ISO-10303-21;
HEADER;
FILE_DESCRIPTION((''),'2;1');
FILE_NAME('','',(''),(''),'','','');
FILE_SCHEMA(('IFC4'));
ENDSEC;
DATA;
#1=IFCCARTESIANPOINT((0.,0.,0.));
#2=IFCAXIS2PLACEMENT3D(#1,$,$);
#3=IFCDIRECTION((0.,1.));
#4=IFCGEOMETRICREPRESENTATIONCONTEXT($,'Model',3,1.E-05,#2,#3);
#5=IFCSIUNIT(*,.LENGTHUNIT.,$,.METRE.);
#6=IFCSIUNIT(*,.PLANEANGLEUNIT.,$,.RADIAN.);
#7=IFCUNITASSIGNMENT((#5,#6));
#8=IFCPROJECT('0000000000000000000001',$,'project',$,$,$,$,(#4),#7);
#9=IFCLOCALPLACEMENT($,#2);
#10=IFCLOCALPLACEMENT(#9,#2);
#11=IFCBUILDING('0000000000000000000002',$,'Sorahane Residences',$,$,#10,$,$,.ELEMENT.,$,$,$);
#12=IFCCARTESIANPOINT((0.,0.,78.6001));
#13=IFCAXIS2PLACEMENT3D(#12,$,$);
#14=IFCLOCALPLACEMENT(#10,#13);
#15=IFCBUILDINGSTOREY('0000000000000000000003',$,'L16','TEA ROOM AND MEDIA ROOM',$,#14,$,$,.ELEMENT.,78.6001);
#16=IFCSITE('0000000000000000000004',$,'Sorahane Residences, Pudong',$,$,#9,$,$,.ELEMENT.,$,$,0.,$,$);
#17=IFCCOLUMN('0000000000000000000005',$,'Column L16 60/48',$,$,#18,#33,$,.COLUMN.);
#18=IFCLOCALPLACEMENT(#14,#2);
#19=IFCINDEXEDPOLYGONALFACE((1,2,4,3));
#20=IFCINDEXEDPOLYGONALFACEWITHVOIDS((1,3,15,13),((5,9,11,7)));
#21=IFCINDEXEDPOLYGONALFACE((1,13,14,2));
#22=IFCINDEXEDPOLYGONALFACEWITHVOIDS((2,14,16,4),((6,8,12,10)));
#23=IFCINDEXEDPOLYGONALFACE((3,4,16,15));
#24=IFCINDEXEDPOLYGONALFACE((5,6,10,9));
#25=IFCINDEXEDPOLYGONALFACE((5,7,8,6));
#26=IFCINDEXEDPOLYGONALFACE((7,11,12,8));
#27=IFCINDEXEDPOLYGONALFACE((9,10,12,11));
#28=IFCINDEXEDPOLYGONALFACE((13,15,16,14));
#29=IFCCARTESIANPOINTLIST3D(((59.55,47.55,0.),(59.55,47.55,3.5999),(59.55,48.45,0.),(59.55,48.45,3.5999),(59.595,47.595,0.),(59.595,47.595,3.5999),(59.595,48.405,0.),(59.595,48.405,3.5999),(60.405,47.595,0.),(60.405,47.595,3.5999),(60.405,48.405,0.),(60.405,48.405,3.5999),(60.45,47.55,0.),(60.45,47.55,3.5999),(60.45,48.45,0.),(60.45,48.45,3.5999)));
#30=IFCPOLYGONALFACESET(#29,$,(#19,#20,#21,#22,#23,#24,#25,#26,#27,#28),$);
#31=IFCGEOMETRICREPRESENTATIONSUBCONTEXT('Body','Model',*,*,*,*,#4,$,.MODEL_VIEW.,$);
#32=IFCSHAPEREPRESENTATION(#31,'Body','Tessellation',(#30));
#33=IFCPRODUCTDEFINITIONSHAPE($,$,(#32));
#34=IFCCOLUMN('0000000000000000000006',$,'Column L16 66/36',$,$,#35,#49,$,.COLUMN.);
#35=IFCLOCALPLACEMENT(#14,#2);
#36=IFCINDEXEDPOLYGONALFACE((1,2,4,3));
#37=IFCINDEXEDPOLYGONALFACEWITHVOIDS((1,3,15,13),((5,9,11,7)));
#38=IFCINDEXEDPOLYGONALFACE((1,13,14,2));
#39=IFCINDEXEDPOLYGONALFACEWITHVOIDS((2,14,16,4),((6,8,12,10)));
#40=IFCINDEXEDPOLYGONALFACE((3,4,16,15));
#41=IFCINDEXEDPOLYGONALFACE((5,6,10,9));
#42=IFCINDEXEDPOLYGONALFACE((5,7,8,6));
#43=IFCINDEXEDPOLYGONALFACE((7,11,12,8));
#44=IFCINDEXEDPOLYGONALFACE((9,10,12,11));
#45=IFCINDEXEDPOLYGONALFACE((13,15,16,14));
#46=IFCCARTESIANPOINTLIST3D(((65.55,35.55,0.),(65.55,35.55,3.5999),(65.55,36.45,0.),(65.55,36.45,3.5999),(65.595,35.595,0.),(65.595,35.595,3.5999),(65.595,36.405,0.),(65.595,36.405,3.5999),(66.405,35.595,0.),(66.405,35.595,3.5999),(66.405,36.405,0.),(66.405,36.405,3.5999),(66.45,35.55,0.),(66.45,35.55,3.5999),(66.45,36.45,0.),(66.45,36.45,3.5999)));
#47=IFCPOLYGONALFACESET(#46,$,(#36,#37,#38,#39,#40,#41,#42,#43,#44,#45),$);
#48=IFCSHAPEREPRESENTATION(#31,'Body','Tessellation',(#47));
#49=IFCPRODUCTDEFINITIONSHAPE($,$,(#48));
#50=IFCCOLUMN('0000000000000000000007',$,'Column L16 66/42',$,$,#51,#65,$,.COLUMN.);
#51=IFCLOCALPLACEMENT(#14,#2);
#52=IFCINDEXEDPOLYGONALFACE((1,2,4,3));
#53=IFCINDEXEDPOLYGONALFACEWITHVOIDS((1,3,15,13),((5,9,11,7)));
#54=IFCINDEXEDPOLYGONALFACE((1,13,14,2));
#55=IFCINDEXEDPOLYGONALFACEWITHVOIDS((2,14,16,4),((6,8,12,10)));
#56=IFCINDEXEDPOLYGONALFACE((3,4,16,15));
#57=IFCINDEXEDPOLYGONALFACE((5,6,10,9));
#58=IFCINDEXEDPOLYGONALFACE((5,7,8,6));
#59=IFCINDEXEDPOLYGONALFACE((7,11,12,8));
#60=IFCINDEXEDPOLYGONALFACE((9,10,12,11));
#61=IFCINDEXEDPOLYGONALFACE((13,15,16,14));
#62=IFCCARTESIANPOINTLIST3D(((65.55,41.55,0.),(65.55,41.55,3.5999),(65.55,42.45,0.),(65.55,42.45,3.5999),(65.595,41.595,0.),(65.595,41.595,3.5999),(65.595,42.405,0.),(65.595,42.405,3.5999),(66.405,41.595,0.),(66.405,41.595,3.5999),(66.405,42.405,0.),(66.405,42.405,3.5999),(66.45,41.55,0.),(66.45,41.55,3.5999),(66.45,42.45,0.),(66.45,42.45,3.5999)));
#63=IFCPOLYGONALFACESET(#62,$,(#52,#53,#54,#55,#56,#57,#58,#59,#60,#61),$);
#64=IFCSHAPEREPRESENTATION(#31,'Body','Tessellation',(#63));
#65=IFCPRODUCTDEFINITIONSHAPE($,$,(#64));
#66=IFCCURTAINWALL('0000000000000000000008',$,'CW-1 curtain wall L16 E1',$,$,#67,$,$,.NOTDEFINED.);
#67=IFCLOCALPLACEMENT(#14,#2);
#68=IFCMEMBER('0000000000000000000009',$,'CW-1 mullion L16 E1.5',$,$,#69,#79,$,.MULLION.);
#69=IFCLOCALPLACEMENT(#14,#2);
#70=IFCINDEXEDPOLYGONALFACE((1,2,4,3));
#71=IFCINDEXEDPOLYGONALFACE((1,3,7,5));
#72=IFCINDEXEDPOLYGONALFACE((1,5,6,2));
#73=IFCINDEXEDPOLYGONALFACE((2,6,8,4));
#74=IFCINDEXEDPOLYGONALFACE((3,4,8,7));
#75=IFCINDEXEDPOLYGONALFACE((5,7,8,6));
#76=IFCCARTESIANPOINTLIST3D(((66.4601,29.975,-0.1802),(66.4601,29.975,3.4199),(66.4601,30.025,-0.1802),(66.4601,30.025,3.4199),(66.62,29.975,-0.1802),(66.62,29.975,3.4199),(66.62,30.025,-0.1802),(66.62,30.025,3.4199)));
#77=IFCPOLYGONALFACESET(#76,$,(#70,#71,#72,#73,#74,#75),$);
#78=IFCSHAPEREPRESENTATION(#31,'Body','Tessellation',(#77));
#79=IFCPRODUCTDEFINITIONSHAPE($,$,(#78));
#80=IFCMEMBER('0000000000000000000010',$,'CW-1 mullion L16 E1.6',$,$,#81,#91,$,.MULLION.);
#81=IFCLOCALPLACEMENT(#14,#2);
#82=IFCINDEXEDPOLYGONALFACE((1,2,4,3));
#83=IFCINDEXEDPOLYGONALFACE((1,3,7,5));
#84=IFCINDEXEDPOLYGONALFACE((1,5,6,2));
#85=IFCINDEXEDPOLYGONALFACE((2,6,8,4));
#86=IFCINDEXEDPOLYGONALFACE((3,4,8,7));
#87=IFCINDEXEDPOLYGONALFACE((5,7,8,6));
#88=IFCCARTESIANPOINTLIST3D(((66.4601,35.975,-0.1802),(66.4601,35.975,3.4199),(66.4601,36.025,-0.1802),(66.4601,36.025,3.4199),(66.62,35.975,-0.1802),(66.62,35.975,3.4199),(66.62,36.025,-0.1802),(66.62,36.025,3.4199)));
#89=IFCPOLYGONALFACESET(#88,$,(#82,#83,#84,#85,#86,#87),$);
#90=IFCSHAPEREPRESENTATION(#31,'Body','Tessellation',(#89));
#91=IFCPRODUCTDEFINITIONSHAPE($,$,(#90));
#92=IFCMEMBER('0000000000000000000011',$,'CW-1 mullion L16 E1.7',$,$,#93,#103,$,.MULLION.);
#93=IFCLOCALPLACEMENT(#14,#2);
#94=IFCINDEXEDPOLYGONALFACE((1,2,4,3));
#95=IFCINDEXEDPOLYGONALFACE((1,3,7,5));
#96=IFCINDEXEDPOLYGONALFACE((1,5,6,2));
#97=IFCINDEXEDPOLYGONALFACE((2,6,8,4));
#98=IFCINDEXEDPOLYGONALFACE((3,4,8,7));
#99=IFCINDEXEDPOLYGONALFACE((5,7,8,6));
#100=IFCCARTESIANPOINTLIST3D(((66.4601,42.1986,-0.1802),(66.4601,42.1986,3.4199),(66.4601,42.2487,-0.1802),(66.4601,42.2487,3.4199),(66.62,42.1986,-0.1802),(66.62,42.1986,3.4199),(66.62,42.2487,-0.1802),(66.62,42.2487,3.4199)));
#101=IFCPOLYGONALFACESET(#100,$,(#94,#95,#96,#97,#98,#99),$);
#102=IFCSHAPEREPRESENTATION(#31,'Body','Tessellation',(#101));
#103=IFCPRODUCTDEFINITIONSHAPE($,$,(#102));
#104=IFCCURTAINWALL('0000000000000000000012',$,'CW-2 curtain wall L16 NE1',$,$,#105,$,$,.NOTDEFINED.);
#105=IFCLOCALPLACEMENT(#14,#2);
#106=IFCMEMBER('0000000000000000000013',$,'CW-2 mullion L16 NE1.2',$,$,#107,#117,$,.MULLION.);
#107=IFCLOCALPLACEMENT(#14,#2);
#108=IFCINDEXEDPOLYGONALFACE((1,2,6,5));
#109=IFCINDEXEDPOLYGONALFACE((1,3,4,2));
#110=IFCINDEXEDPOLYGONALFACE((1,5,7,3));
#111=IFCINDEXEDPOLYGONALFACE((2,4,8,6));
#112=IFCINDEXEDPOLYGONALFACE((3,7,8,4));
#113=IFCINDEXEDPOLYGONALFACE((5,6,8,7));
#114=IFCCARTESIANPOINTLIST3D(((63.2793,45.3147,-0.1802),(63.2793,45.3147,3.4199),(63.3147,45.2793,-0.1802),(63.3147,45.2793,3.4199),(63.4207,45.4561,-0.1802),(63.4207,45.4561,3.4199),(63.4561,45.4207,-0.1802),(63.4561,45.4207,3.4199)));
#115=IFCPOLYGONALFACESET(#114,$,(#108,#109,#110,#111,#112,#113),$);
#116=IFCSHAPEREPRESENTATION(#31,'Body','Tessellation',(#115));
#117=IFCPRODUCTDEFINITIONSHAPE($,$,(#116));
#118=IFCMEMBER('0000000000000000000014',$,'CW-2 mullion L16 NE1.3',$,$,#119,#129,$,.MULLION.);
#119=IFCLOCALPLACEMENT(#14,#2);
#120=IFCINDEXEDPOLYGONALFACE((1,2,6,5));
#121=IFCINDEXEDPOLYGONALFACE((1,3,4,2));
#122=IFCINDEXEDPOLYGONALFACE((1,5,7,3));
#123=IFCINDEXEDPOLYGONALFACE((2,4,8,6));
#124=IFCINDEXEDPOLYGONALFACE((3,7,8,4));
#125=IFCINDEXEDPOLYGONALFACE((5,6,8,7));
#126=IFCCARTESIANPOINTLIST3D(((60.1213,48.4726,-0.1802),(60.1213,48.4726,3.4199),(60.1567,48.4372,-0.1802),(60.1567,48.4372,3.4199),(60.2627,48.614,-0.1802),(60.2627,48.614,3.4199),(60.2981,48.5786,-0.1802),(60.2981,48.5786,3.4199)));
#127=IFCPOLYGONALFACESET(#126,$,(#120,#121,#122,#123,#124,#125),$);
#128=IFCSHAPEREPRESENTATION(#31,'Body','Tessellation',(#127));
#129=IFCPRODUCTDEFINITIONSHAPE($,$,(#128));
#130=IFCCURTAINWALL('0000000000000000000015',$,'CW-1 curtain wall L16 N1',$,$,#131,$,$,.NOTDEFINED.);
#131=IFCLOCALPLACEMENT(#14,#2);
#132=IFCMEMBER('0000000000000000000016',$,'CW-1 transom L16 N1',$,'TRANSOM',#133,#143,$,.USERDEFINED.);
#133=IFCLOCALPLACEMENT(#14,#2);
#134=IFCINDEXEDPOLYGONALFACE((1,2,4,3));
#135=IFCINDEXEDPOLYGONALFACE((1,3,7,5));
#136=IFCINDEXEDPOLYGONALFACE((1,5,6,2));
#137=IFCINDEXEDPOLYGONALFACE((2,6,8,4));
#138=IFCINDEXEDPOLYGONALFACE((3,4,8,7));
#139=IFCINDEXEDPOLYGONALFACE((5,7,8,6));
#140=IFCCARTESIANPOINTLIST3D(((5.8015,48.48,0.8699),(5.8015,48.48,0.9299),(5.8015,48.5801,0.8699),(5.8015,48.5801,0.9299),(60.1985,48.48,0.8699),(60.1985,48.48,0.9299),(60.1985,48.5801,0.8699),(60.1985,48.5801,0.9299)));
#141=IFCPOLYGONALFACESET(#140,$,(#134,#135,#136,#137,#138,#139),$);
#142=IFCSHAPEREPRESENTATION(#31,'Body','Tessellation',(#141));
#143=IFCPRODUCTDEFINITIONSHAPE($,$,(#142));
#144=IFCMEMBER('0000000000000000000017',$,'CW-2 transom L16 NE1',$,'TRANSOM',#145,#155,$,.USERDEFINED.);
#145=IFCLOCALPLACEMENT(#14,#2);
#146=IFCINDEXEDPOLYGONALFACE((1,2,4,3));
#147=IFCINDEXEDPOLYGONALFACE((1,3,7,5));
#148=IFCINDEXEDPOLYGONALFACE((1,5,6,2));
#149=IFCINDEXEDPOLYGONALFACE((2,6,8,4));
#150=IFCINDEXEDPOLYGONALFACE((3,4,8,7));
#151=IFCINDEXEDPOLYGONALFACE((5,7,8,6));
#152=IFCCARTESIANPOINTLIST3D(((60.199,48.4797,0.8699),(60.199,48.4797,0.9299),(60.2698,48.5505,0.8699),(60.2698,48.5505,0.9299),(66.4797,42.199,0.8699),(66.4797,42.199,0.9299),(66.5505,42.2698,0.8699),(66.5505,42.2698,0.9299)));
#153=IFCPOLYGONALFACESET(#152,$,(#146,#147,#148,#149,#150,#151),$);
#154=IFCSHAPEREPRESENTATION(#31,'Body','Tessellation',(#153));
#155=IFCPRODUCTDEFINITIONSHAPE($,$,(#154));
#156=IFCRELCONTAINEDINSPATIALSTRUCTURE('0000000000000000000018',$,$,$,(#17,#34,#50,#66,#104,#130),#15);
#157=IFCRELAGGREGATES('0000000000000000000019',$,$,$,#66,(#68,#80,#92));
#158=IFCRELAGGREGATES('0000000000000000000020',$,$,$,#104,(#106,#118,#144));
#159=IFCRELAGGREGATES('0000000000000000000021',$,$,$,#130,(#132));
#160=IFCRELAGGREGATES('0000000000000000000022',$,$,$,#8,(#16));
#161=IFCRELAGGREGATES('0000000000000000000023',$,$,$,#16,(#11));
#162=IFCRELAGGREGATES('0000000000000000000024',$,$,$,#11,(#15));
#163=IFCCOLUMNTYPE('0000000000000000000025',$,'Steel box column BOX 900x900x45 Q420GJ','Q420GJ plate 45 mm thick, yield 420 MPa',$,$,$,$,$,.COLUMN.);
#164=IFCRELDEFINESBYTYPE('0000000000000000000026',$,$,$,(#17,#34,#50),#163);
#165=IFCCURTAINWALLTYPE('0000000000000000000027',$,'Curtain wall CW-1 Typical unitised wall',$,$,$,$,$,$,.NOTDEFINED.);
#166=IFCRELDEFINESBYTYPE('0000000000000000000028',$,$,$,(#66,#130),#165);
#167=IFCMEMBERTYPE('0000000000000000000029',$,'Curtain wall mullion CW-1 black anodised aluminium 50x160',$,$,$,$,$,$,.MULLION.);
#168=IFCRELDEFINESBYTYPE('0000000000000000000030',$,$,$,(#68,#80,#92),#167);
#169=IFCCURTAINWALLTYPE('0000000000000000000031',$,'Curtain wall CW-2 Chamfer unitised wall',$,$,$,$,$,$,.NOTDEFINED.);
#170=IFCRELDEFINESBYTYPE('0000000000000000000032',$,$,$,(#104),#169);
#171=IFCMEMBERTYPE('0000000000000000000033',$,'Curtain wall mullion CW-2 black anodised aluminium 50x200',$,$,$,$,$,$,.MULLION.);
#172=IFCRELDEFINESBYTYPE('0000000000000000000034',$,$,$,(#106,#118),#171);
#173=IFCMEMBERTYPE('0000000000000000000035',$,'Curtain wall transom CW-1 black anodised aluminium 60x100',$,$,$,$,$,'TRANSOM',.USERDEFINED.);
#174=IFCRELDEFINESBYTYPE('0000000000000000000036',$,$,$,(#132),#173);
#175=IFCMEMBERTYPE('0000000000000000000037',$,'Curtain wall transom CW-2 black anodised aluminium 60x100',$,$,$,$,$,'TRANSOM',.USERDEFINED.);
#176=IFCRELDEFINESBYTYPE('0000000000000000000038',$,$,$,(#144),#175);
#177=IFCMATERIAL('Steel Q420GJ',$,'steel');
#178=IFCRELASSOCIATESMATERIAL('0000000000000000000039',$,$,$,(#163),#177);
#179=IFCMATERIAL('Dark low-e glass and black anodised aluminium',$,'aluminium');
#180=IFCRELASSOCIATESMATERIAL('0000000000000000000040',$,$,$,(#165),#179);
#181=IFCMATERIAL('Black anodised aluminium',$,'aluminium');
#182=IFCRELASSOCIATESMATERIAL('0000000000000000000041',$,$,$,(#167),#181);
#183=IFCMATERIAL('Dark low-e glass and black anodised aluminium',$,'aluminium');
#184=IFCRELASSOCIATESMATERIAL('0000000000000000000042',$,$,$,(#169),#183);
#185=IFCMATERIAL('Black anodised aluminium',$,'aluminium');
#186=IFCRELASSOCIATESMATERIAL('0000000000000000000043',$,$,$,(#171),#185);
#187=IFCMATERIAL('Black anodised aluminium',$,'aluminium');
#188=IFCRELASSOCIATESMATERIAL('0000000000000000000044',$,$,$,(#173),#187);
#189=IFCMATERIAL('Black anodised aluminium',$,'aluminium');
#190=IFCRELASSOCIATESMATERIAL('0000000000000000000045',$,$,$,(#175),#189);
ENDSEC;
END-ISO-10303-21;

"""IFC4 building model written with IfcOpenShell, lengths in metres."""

from ifc_helpers import new_model, si_unit, direction, frame, origin, origin_2d, place, context, subcontext, project, spatial, rectangle, hollow_rectangle, extrude, material, material_profile, profile_set, type_object, element, aggregate, save


model = new_model("IFC4")

# Units and contexts
model_context = context("Model", 3, precision=1e-05, world=origin(), true_north=direction((0.0, 1.0)))
body_context = subcontext(model_context, "Body", "Model", "MODEL_VIEW")
ifc_project = project(units=[si_unit("LENGTHUNIT", "METRE"), si_unit("PLANEANGLEUNIT", "RADIAN")], contexts=[model_context])

# Site, building, storey
site_placement = place(None, origin())
site = spatial("IfcSite", under=ifc_project, at=site_placement, Name="Sorahane Residences, Pudong", CompositionType="ELEMENT", RefElevation=0.0)
building_placement = place(site_placement, origin())
building = spatial("IfcBuilding", under=site, at=building_placement, Name="Sorahane Residences", CompositionType="ELEMENT")
storey_placement = place(building_placement, frame((0.0, 0.0, 78.6001)))
storey = spatial("IfcBuildingStorey", under=building, at=storey_placement, Name="L16", Description="TEA ROOM AND MEDIA ROOM", CompositionType="ELEMENT", Elevation=78.6001)

# Columns
ifc_material_1 = material(Name="Steel Q420GJ", Category="steel")
ifc_material_profile_1 = material_profile(ifc_material_1, hollow_rectangle(XDim=0.8999, YDim=0.8999, WallThickness=0.0449, at=origin_2d()), Name="BOX 900x900x45")
ifc_profile_set_1 = profile_set([ifc_material_profile_1], Name="Steel Q420GJ")
column_type = type_object("IfcColumnType", Name="Steel box column BOX 900x900x45 Q420GJ", Description="Q420GJ plate 45 mm thick, yield 420 MPa", PredefinedType="COLUMN", material=ifc_profile_set_1)
for number, where, z_axis, x_axis, name in (
    (1, (60.0, 48.0, 0.0), (0.0, 0.0, 1.0), (1.0, 0.0, 0.0), "Column L16 60/48"),
    (2, (66.0, 36.0, 0.0), (0.0, 0.0, 1.0), (1.0, 0.0, 0.0), "Column L16 66/36"),
    (3, (66.0, 42.0, 0.0), (0.0, 0.0, 1.0), (1.0, 0.0, 0.0), "Column L16 66/42"),
):
    element("IfcColumn", number, at=place(storey_placement, frame(where, z_axis=z_axis, x_axis=x_axis)), inside=storey, type_object=column_type, Name=name, PredefinedType="COLUMN", context=body_context, shape_type="SweptSolid", body=[
        extrude(hollow_rectangle(XDim=0.8999, YDim=0.8999, WallThickness=0.0449, at=origin_2d()), origin(), (0.0, 0.0, 1.0), 3.5999),
    ])

# Curtain walls, members
ifc_material_2 = material(Name="Dark low-e glass and black anodised aluminium", Category="aluminium")
curtain_wall_type_1 = type_object("IfcCurtainWallType", Name="Curtain wall CW-1 Typical unitised wall", PredefinedType="NOTDEFINED", material=ifc_material_2)
curtain_wall_1_placement = place(storey_placement, origin())
curtain_wall_1 = element("IfcCurtainWall", 4, at=curtain_wall_1_placement, inside=storey, type_object=curtain_wall_type_1, Name="CW-1 curtain wall L16 E1", PredefinedType="NOTDEFINED")
ifc_material_3 = material(Name="Black anodised aluminium", Category="aluminium")
ifc_material_profile_2 = material_profile(ifc_material_3, rectangle(XDim=0.1599, YDim=0.05, at=origin_2d()), Name="Curtain wall mullion CW-1 black anodised aluminium 50x160")
ifc_profile_set_2 = profile_set([ifc_material_profile_2], Name="Black anodised aluminium")
member_type_1 = type_object("IfcMemberType", Name="Curtain wall mullion CW-1 black anodised aluminium 50x160", PredefinedType="MULLION", material=ifc_profile_set_2)
member_1_placement = place(storey_placement, frame((66.54, 30.0, -0.1802), z_axis=(0.0, 0.0, 1.0), x_axis=(1.0, 0.0, 0.0)))
member_1 = element("IfcMember", 5, at=member_1_placement, type_object=member_type_1, Name="CW-1 mullion L16 E1.5", PredefinedType="MULLION", context=body_context, shape_type="SweptSolid", body=[
    extrude(rectangle(XDim=0.1599, YDim=0.05, at=origin_2d()), origin(), (0.0, 0.0, 1.0), 3.6001),
])
member_2_placement = place(storey_placement, frame((66.54, 36.0, -0.1802), z_axis=(0.0, 0.0, 1.0), x_axis=(1.0, 0.0, 0.0)))
member_2 = element("IfcMember", 6, at=member_2_placement, type_object=member_type_1, Name="CW-1 mullion L16 E1.6", PredefinedType="MULLION", context=body_context, shape_type="SweptSolid", body=[
    extrude(rectangle(XDim=0.1599, YDim=0.05, at=origin_2d()), origin(), (0.0, 0.0, 1.0), 3.6001),
])
member_3_placement = place(storey_placement, frame((66.54, 42.2236, -0.1802), z_axis=(0.0, 0.0, 1.0), x_axis=(1.0, 0.0, 0.0)))
member_3 = element("IfcMember", 7, at=member_3_placement, type_object=member_type_1, Name="CW-1 mullion L16 E1.7", PredefinedType="MULLION", context=body_context, shape_type="SweptSolid", body=[
    extrude(rectangle(XDim=0.1599, YDim=0.05, at=origin_2d()), origin(), (0.0, 0.0, 1.0), 3.6001),
])
ifc_material_4 = material(Name="Dark low-e glass and black anodised aluminium", Category="aluminium")
curtain_wall_type_2 = type_object("IfcCurtainWallType", Name="Curtain wall CW-2 Chamfer unitised wall", PredefinedType="NOTDEFINED", material=ifc_material_4)
curtain_wall_2_placement = place(storey_placement, origin())
curtain_wall_2 = element("IfcCurtainWall", 8, at=curtain_wall_2_placement, inside=storey, type_object=curtain_wall_type_2, Name="CW-2 curtain wall L16 NE1", PredefinedType="NOTDEFINED")
ifc_material_5 = material(Name="Black anodised aluminium", Category="aluminium")
ifc_material_profile_3 = material_profile(ifc_material_5, rectangle(XDim=0.2, YDim=0.05, at=origin_2d()), Name="Curtain wall mullion CW-2 black anodised aluminium 50x200")
ifc_profile_set_3 = profile_set([ifc_material_profile_3], Name="Black anodised aluminium")
member_type_2 = type_object("IfcMemberType", Name="Curtain wall mullion CW-2 black anodised aluminium 50x200", PredefinedType="MULLION", material=ifc_profile_set_3)
member_4_placement = place(storey_placement, frame((63.3677, 45.3677, -0.1802), z_axis=(0.0, 0.0, 1.0), x_axis=(0.707107, 0.707107, 0.0)))
member_4 = element("IfcMember", 9, at=member_4_placement, type_object=member_type_2, Name="CW-2 mullion L16 NE1.2", PredefinedType="MULLION", context=body_context, shape_type="SweptSolid", body=[
    extrude(rectangle(XDim=0.2, YDim=0.05, at=origin_2d()), origin(), (0.0, 0.0, 1.0), 3.6001),
])
member_5_placement = place(storey_placement, frame((60.2097, 48.5256, -0.1802), z_axis=(0.0, 0.0, 1.0), x_axis=(0.707107, 0.707107, 0.0)))
member_5 = element("IfcMember", 10, at=member_5_placement, type_object=member_type_2, Name="CW-2 mullion L16 NE1.3", PredefinedType="MULLION", context=body_context, shape_type="SweptSolid", body=[
    extrude(rectangle(XDim=0.2, YDim=0.05, at=origin_2d()), origin(), (0.0, 0.0, 1.0), 3.6001),
])

# Curtain wall, member
curtain_wall_3_placement = place(storey_placement, origin())
curtain_wall_3 = element("IfcCurtainWall", 11, at=curtain_wall_3_placement, inside=storey, type_object=curtain_wall_type_1, Name="CW-1 curtain wall L16 N1", PredefinedType="NOTDEFINED")
ifc_material_6 = material(Name="Black anodised aluminium", Category="aluminium")
ifc_material_profile_4 = material_profile(ifc_material_6, rectangle(XDim=0.1001, YDim=0.0601, at=origin_2d()), Name="Curtain wall transom CW-1 black anodised aluminium 60x100")
ifc_profile_set_4 = profile_set([ifc_material_profile_4], Name="Black anodised aluminium")
member_type_3 = type_object("IfcMemberType", Name="Curtain wall transom CW-1 black anodised aluminium 60x100", ElementType="TRANSOM", PredefinedType="USERDEFINED", material=ifc_profile_set_4)
member_6_placement = place(storey_placement, frame((60.1985, 48.53, 0.8999), z_axis=(-1.0, 0.0, 0.0), x_axis=(0.0, -1.0, 0.0)))
member_6 = element("IfcMember", 12, at=member_6_placement, type_object=member_type_3, Name="CW-1 transom L16 N1", ObjectType="TRANSOM", PredefinedType="USERDEFINED", context=body_context, shape_type="SweptSolid", body=[
    extrude(rectangle(XDim=0.1001, YDim=0.0601, at=origin_2d()), origin(), (0.0, 0.0, 1.0), 54.397),
])

# Member
ifc_material_7 = material(Name="Black anodised aluminium", Category="aluminium")
ifc_material_profile_5 = material_profile(ifc_material_7, rectangle(XDim=0.1001, YDim=0.0601, at=origin_2d()), Name="Curtain wall transom CW-2 black anodised aluminium 60x100")
ifc_profile_set_5 = profile_set([ifc_material_profile_5], Name="Black anodised aluminium")
member_type_4 = type_object("IfcMemberType", Name="Curtain wall transom CW-2 black anodised aluminium 60x100", ElementType="TRANSOM", PredefinedType="USERDEFINED", material=ifc_profile_set_5)
member_7_placement = place(storey_placement, frame((66.5151, 42.2344, 0.8999), z_axis=(-0.707107, 0.707107, 0.0), x_axis=(-0.707107, -0.707107, 0.0)))
member_7 = element("IfcMember", 13, at=member_7_placement, type_object=member_type_4, Name="CW-2 transom L16 NE1", ObjectType="TRANSOM", PredefinedType="USERDEFINED", context=body_context, shape_type="SweptSolid", body=[
    extrude(rectangle(XDim=0.1001, YDim=0.0601, at=origin_2d()), origin(), (0.0, 0.0, 1.0), 8.8823),
])

aggregate(curtain_wall_1, [member_1, member_2, member_3])
aggregate(curtain_wall_2, [member_4, member_5, member_7])
aggregate(curtain_wall_3, [member_6])

save(model, "model.ifc")
